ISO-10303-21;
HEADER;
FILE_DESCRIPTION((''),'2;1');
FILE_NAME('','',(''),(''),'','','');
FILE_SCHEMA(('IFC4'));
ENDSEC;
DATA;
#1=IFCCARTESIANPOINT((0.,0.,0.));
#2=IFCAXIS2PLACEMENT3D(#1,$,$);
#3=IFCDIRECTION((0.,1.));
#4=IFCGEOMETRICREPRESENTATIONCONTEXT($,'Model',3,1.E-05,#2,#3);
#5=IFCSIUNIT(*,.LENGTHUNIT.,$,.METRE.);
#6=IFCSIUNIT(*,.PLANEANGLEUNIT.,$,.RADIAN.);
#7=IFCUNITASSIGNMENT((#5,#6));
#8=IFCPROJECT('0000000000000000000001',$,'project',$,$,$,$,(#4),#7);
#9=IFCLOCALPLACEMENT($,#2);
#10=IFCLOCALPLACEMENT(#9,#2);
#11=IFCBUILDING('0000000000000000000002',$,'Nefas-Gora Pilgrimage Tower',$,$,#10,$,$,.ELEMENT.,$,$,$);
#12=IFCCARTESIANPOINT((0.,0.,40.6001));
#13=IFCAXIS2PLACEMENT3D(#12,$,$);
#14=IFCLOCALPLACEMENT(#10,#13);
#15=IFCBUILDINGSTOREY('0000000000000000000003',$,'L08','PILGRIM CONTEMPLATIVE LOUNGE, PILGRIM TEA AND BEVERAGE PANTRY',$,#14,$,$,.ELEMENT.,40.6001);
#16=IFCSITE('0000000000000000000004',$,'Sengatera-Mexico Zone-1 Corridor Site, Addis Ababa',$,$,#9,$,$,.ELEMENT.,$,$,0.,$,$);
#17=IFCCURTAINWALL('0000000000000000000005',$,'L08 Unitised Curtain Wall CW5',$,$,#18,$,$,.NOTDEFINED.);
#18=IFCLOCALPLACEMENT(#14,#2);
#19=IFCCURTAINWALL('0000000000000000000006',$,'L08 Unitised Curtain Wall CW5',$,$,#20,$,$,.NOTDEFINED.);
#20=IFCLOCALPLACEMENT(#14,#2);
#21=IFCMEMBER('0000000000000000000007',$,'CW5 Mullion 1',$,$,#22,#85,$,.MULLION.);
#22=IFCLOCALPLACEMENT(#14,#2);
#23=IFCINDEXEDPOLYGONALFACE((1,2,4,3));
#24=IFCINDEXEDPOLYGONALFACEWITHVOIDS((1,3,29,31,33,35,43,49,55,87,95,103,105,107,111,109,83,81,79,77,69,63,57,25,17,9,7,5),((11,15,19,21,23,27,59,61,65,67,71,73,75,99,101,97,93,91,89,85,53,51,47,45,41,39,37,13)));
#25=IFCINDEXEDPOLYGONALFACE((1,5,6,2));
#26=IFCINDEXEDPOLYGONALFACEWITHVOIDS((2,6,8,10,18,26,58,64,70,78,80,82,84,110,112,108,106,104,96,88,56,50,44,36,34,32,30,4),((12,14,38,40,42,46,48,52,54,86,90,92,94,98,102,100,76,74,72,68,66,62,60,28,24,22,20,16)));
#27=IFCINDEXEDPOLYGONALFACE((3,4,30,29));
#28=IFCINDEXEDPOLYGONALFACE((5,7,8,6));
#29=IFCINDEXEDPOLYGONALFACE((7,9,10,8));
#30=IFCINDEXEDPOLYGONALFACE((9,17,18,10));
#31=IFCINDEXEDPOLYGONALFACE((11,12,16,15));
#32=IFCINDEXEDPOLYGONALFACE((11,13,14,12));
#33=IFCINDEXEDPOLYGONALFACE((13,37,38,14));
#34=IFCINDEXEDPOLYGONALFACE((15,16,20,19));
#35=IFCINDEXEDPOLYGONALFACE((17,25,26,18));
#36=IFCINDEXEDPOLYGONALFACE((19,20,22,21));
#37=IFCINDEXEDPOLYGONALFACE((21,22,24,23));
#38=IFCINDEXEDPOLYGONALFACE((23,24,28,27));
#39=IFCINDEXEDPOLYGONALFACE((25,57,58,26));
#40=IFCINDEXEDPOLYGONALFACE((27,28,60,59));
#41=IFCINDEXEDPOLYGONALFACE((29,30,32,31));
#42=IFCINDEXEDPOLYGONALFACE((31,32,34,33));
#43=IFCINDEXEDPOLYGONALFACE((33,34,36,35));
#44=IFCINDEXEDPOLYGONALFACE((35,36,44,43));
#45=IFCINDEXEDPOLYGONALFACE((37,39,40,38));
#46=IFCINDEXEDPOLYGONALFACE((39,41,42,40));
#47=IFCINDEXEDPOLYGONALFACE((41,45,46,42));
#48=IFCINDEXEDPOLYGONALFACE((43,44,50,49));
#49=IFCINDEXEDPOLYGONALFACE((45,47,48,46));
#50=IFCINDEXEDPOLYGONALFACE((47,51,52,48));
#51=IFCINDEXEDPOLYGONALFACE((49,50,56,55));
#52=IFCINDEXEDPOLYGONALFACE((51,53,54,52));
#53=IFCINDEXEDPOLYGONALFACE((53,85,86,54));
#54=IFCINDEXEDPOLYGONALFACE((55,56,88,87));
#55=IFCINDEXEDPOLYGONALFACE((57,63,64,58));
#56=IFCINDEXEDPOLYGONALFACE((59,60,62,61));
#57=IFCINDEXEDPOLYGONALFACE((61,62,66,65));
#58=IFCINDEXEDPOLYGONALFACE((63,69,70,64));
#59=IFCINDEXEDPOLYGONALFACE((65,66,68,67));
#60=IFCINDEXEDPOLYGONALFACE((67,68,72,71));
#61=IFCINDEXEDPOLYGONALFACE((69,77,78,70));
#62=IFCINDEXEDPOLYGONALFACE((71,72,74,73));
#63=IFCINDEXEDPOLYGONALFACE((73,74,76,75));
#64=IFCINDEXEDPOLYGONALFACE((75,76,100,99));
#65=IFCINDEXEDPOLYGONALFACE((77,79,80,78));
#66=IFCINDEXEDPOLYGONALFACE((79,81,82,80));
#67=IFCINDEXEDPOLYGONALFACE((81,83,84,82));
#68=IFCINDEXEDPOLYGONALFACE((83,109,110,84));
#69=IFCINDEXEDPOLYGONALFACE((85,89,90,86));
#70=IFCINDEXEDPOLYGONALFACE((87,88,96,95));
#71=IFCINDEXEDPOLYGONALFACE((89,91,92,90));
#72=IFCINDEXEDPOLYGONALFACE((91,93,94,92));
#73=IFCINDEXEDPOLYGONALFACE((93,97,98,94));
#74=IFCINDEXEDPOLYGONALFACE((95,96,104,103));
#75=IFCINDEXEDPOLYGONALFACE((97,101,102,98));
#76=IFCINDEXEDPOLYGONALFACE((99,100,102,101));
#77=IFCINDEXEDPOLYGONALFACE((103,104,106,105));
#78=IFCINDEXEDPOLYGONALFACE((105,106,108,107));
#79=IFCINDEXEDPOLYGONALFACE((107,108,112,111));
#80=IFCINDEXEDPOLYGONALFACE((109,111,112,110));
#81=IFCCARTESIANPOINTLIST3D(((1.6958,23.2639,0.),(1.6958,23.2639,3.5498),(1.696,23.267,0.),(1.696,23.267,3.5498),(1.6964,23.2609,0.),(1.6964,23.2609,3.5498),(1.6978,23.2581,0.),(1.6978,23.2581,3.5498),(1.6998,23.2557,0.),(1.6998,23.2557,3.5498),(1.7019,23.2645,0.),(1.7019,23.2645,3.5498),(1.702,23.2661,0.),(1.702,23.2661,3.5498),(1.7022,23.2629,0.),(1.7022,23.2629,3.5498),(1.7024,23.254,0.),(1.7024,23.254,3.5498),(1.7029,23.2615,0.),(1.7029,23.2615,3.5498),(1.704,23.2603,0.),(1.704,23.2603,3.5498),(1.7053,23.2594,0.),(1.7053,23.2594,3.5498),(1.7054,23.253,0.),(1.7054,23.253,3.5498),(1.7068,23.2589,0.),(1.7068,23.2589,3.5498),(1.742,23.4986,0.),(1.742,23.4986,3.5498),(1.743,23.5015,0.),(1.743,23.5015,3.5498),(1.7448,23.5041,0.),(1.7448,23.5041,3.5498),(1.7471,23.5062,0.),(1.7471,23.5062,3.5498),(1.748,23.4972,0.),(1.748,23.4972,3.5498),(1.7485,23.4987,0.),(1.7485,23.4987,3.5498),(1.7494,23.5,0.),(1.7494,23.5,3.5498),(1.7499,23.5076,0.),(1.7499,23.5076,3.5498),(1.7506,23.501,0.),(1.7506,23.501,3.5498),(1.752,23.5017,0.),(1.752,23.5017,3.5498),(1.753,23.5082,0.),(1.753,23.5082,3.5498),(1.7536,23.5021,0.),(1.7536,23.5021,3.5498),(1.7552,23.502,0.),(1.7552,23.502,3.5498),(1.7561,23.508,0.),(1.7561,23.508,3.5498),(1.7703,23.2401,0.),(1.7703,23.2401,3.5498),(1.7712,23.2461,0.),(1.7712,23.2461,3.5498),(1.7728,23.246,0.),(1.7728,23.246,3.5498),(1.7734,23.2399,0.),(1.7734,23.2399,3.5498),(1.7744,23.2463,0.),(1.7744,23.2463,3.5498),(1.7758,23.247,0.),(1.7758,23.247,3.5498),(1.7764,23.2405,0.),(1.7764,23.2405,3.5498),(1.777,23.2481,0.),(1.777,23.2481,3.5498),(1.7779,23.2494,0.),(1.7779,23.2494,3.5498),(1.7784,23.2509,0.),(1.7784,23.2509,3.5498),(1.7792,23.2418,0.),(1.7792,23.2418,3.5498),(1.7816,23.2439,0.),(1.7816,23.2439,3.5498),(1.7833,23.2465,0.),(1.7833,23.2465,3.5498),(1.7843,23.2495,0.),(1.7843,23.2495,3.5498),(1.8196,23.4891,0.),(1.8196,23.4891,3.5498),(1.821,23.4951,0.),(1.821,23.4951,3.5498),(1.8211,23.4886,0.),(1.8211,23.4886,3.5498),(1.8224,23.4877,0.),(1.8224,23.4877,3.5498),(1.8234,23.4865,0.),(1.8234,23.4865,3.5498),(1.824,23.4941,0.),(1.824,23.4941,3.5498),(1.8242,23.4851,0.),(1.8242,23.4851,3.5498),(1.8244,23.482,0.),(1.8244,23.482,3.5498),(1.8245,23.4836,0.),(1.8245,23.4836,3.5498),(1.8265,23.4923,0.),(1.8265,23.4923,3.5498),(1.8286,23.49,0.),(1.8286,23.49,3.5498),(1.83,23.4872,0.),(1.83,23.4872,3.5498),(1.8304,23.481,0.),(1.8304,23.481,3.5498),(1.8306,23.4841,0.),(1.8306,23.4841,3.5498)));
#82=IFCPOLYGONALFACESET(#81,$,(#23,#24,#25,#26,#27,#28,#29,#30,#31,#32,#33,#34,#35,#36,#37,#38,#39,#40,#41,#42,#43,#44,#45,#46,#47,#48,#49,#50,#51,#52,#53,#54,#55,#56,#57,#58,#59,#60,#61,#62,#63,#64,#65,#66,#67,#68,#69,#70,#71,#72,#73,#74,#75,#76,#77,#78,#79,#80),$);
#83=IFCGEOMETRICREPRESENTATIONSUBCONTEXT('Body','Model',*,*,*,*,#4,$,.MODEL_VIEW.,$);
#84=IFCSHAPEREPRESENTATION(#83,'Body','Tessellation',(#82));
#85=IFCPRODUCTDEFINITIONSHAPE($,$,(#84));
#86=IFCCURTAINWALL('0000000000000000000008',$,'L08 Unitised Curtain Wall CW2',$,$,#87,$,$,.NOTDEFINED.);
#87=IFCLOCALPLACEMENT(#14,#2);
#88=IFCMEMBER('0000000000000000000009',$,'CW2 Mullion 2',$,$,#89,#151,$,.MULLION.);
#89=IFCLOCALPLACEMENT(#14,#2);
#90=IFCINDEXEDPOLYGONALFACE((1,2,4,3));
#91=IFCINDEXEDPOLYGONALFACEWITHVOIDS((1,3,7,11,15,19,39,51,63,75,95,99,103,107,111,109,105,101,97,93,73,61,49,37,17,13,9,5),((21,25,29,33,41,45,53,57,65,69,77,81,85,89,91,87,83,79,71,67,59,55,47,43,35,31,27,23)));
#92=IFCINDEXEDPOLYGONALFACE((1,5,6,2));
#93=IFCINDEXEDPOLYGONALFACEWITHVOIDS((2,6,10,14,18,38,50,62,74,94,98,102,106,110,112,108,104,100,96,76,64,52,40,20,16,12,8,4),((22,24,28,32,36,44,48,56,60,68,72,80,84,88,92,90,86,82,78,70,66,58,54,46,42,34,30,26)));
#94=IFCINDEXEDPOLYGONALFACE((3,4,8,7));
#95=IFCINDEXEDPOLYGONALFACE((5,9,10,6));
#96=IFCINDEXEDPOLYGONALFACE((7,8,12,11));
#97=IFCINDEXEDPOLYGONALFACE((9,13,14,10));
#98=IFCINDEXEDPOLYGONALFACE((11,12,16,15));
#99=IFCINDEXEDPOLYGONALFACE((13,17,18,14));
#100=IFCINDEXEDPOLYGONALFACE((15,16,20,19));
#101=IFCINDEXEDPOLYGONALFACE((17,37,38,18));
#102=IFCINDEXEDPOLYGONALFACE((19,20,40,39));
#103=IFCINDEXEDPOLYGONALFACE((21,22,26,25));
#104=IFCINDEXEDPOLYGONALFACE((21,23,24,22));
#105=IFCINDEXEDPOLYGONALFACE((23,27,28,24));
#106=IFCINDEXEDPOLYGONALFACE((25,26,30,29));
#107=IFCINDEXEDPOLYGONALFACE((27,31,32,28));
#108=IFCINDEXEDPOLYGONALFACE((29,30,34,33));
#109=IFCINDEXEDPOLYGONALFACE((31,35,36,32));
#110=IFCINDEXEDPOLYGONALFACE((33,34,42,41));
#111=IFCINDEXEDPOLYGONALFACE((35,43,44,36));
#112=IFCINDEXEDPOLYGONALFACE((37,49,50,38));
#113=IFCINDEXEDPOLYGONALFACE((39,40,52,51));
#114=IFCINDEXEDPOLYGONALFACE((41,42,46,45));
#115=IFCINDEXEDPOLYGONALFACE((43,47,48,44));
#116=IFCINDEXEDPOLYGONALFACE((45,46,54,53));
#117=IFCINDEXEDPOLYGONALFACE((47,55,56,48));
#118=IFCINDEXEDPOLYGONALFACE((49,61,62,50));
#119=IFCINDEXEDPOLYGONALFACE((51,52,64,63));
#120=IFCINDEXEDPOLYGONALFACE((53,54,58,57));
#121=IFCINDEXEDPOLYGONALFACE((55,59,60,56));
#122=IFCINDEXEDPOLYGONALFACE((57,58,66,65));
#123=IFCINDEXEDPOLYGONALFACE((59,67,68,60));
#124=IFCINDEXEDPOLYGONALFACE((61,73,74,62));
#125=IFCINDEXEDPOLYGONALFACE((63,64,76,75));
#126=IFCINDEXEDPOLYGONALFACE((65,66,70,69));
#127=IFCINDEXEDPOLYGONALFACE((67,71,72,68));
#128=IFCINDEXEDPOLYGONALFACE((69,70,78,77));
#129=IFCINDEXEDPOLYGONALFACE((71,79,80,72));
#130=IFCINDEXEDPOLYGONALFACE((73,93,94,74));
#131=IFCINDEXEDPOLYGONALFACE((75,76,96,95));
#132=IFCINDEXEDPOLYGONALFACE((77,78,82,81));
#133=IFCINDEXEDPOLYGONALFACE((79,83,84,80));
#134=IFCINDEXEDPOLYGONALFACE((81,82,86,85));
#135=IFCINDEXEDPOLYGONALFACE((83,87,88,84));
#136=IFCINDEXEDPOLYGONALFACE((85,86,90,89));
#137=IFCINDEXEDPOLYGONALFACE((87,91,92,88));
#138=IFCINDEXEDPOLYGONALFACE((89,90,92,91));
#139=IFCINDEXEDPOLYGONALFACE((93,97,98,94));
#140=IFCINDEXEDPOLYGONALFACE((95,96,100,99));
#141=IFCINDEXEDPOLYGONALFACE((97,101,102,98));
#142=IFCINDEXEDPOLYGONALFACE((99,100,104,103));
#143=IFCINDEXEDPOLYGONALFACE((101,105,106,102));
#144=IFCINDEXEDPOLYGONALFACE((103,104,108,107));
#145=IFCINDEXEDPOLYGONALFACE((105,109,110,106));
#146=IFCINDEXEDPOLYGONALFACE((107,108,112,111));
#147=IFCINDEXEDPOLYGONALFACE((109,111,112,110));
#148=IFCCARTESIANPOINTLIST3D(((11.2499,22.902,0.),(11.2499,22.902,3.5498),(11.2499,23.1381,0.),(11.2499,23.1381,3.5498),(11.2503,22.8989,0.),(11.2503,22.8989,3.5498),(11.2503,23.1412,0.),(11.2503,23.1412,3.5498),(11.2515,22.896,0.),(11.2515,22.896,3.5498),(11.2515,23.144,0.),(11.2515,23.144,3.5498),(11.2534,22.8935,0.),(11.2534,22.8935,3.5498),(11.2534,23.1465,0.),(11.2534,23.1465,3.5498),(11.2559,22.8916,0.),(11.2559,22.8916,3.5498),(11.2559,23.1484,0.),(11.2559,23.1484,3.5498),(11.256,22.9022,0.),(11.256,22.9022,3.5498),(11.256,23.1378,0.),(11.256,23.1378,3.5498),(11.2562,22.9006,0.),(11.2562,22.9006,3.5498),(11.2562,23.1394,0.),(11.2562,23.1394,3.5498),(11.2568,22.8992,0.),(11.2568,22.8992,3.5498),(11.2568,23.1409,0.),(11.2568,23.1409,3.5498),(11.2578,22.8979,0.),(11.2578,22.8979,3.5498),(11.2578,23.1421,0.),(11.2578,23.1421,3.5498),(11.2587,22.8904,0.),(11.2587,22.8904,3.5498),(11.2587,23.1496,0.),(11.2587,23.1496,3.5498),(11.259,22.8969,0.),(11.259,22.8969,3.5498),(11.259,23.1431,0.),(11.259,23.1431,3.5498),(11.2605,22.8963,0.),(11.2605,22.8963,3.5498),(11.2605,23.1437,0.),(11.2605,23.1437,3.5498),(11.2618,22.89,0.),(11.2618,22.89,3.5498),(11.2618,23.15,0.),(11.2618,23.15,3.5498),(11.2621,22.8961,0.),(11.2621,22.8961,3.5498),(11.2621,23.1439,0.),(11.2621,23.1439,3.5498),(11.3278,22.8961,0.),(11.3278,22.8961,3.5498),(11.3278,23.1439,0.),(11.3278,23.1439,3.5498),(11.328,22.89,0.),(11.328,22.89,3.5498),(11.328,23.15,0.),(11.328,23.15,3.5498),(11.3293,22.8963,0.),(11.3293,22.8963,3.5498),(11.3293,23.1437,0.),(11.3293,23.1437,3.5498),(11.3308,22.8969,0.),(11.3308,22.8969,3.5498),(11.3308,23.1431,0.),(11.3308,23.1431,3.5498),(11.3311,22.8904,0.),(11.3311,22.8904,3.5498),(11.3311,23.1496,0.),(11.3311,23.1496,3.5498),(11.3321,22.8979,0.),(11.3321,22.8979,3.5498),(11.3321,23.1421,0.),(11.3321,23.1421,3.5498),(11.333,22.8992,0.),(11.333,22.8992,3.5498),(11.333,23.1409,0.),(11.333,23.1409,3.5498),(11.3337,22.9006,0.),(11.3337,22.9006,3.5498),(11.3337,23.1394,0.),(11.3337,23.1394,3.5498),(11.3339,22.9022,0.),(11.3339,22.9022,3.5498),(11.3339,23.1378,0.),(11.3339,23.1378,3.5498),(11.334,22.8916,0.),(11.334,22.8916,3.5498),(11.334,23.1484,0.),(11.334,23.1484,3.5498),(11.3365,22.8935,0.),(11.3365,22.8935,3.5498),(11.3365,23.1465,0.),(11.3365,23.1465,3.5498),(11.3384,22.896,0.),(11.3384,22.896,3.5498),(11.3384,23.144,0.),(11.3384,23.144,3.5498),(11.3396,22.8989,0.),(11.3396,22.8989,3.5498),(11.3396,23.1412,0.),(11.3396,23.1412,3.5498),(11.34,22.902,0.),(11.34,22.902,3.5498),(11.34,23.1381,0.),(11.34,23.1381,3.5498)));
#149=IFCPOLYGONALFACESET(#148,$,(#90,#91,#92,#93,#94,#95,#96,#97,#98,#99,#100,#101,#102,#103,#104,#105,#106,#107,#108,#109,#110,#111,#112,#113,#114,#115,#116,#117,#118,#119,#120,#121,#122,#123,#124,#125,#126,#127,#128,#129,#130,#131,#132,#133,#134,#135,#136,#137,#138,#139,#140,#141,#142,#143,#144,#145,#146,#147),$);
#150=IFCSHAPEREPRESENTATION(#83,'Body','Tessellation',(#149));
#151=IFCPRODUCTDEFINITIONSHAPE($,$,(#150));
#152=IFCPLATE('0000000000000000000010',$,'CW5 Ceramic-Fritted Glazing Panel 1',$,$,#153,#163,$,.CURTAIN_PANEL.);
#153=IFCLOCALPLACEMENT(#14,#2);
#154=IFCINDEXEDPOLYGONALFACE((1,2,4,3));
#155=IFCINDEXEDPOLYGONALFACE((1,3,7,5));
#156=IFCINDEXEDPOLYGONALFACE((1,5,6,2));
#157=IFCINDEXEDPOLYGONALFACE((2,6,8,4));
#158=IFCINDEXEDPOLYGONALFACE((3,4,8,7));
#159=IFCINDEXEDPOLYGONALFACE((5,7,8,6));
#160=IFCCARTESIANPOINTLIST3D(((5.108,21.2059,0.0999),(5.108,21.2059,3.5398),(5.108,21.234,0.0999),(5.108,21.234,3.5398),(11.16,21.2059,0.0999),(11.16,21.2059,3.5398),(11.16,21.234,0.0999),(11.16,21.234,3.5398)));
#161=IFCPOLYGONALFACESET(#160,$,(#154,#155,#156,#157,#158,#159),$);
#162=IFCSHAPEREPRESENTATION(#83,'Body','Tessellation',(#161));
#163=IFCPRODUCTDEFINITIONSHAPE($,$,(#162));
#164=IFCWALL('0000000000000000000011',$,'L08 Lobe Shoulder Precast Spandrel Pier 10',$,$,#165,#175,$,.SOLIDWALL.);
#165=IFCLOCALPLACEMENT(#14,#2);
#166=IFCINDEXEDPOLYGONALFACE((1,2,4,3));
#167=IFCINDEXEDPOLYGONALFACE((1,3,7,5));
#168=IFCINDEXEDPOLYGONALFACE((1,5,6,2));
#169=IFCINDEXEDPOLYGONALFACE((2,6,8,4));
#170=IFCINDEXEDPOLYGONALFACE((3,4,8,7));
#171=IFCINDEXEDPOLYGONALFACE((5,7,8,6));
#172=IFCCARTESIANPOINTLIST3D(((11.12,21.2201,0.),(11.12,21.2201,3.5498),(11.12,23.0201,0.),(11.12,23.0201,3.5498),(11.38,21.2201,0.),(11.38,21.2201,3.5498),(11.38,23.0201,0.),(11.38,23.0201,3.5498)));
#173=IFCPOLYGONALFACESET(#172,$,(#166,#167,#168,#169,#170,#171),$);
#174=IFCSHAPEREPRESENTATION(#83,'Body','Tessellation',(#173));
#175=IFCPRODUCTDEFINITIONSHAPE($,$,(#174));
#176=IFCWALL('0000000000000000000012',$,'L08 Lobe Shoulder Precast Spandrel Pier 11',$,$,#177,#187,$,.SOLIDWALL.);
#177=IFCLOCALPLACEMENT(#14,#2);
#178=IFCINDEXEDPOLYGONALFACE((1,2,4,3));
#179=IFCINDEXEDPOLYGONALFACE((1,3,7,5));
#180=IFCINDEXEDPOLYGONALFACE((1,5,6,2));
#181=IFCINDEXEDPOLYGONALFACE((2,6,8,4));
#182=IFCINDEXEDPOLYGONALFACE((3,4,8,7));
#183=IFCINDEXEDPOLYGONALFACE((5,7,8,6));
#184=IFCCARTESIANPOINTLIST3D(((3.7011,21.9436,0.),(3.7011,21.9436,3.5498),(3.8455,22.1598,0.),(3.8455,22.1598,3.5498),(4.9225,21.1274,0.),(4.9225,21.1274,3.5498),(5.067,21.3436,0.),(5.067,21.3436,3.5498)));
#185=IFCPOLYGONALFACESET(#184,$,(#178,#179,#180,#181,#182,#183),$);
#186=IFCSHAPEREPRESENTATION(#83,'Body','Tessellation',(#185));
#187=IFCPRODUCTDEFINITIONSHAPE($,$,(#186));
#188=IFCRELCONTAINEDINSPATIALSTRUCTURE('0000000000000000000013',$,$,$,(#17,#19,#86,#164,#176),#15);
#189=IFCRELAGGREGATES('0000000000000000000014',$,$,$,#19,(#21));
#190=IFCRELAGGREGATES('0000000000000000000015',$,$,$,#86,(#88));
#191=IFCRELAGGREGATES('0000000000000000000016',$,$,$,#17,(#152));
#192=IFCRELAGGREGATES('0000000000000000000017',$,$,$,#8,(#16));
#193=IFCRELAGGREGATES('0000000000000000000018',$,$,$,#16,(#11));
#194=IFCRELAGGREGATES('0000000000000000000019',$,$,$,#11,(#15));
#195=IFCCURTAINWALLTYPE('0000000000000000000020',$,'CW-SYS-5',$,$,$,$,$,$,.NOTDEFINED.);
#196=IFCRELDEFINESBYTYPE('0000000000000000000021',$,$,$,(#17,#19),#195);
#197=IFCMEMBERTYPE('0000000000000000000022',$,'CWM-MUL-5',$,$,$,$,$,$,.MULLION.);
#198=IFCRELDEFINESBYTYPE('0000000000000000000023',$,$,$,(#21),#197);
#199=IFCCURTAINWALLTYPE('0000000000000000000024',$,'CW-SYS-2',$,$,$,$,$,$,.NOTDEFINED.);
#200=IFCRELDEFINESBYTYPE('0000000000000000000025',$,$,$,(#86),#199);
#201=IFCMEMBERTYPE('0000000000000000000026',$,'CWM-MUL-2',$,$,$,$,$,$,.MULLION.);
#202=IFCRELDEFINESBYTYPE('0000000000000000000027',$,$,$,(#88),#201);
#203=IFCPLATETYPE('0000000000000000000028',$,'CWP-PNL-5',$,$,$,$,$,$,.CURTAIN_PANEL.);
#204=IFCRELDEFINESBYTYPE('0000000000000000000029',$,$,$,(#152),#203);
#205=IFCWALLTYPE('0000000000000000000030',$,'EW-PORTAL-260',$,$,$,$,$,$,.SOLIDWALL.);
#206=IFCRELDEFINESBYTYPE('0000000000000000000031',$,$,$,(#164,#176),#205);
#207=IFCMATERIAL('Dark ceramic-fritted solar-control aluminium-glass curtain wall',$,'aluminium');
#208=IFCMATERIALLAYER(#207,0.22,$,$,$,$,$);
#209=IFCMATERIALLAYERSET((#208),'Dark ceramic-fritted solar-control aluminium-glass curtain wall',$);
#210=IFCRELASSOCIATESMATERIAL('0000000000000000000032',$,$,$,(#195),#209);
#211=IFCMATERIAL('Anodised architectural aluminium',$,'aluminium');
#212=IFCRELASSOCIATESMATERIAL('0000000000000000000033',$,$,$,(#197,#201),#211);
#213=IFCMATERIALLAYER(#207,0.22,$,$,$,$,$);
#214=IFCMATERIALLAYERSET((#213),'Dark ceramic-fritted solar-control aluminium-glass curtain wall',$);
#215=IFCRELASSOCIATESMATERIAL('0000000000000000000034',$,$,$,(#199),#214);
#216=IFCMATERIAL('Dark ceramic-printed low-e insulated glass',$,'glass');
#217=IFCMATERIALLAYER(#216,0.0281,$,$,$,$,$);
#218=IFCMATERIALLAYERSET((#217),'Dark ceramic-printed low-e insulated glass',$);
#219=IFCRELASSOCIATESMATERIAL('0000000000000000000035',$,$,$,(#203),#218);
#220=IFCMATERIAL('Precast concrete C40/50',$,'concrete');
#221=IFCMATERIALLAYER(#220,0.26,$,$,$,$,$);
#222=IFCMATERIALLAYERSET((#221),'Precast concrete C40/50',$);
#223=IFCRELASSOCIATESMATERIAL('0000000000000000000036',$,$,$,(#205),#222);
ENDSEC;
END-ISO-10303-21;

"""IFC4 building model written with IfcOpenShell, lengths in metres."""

from ifc_helpers import new_model, si_unit, direction, frame, frame_2d, origin, origin_2d, place, context, subcontext, project, spatial, rectangle, hollow_rectangle, extrude, source, transform, mapped, material, layer, layer_set, material_profile, profile_set, type_object, element, aggregate, save


model = new_model("IFC4")

# Units and contexts
model_context = context("Model", 3, precision=1e-05, world=origin(), true_north=direction((0.0, 1.0)))
body_context = subcontext(model_context, "Body", "Model", "MODEL_VIEW")
ifc_project = project(units=[si_unit("LENGTHUNIT", "METRE"), si_unit("PLANEANGLEUNIT", "RADIAN")], contexts=[model_context])

# Site, building, storey
site_placement = place(None, origin())
site = spatial("IfcSite", under=ifc_project, at=site_placement, Name="Sengatera-Mexico Zone-1 Corridor Site, Addis Ababa", CompositionType="ELEMENT", RefElevation=0.0)
building_placement = place(site_placement, origin())
building = spatial("IfcBuilding", under=site, at=building_placement, Name="Nefas-Gora Pilgrimage Tower", CompositionType="ELEMENT")
storey_placement = place(building_placement, frame((0.0, 0.0, 40.6001)))
storey = spatial("IfcBuildingStorey", under=building, at=storey_placement, Name="L08", Description="PILGRIM CONTEMPLATIVE LOUNGE, PILGRIM TEA AND BEVERAGE PANTRY", CompositionType="ELEMENT", Elevation=40.6001)

# Curtain walls
ifc_material_1 = material(Name="Dark ceramic-fritted solar-control aluminium-glass curtain wall", Category="aluminium")
ifc_layer_1 = layer(ifc_material_1, 0.22)
ifc_layer_set_1 = layer_set([ifc_layer_1], Name="Dark ceramic-fritted solar-control aluminium-glass curtain wall")
curtain_wall_type_1 = type_object("IfcCurtainWallType", Name="CW-SYS-5", PredefinedType="NOTDEFINED", material=ifc_layer_set_1)
curtain_wall_1_placement = place(storey_placement, origin())
curtain_wall_1 = element("IfcCurtainWall", 1, at=curtain_wall_1_placement, inside=storey, type_object=curtain_wall_type_1, Name="L08 Unitised Curtain Wall CW5", PredefinedType="NOTDEFINED")
ifc_material_2 = material(Name="Anodised architectural aluminium", Category="aluminium")
curtain_wall_2_placement = place(storey_placement, origin())
curtain_wall_2 = element("IfcCurtainWall", 2, at=curtain_wall_2_placement, inside=storey, type_object=curtain_wall_type_1, Name="L08 Unitised Curtain Wall CW5", PredefinedType="NOTDEFINED")

# Member
ifc_material_profile_1 = material_profile(ifc_material_2, hollow_rectangle(XDim=0.0901, YDim=0.26, WallThickness=0.0061, InnerFilletRadius=0.0061, OuterFilletRadius=0.012, at=origin_2d()), Name="ALU MULLION 90x260")
ifc_profile_set_1 = profile_set([ifc_material_profile_1], Name="Anodised architectural aluminium")
member_type_1 = type_object("IfcMemberType", Name="CWM-MUL-5", PredefinedType="MULLION", material=ifc_profile_set_1)
shared_shape_1 = source(origin(), body_context, "Body", "SweptSolid", [
    extrude(hollow_rectangle(XDim=0.0901, YDim=0.26, WallThickness=0.0061, InnerFilletRadius=0.0061, OuterFilletRadius=0.012, at=origin_2d()), origin(), (0.0, 0.0, 1.0), 3.5498),
])
member_1_placement = place(storey_placement, frame((1.7632, 23.374, 0.0), z_axis=(0.0, 0.0, 1.0), x_axis=(-0.980783, 0.195102, 0.0)))
member_1 = element("IfcMember", 3, at=member_1_placement, type_object=member_type_1, Name="CW5 Mullion 1", PredefinedType="MULLION", context=body_context, shape_type="MappedRepresentation", body=[
    mapped(shared_shape_1, transform((0.0, 0.0, 0.0), x_axis=(1.0, 0.0, 0.0), y_axis=(0.0, 1.0, 0.0), z_axis=(0.0, 0.0, 1.0), scale=1.0)),
])
aggregate(curtain_wall_2, [member_1])

# Curtain wall, member
ifc_layer_2 = layer(ifc_material_1, 0.22)
ifc_layer_set_2 = layer_set([ifc_layer_2], Name="Dark ceramic-fritted solar-control aluminium-glass curtain wall")
curtain_wall_type_2 = type_object("IfcCurtainWallType", Name="CW-SYS-2", PredefinedType="NOTDEFINED", material=ifc_layer_set_2)
curtain_wall_3_placement = place(storey_placement, origin())
curtain_wall_3 = element("IfcCurtainWall", 4, at=curtain_wall_3_placement, inside=storey, type_object=curtain_wall_type_2, Name="L08 Unitised Curtain Wall CW2", PredefinedType="NOTDEFINED")
ifc_material_profile_2 = material_profile(ifc_material_2, hollow_rectangle(XDim=0.0901, YDim=0.26, WallThickness=0.0061, InnerFilletRadius=0.0061, OuterFilletRadius=0.012, at=origin_2d()), Name="ALU MULLION 90x260")
ifc_profile_set_2 = profile_set([ifc_material_profile_2], Name="Anodised architectural aluminium")
member_type_2 = type_object("IfcMemberType", Name="CWM-MUL-2", PredefinedType="MULLION", material=ifc_profile_set_2)
shared_shape_2 = source(origin(), body_context, "Body", "SweptSolid", [
    extrude(hollow_rectangle(XDim=0.0901, YDim=0.26, WallThickness=0.0061, InnerFilletRadius=0.0061, OuterFilletRadius=0.012, at=origin_2d()), origin(), (0.0, 0.0, 1.0), 3.5498),
])
member_2_placement = place(storey_placement, frame((11.2949, 23.02, 0.0), z_axis=(0.0, 0.0, 1.0), x_axis=(-1.0, 0.0, 0.0)))
member_2 = element("IfcMember", 5, at=member_2_placement, type_object=member_type_2, Name="CW2 Mullion 2", PredefinedType="MULLION", context=body_context, shape_type="MappedRepresentation", body=[
    mapped(shared_shape_2, transform((0.0, 0.0, 0.0), x_axis=(1.0, 0.0, 0.0), y_axis=(0.0, 1.0, 0.0), z_axis=(0.0, 0.0, 1.0), scale=1.0)),
])
aggregate(curtain_wall_3, [member_2])

# Plate
ifc_material_3 = material(Name="Dark ceramic-printed low-e insulated glass", Category="glass")
ifc_layer_3 = layer(ifc_material_3, 0.0281)
ifc_layer_set_3 = layer_set([ifc_layer_3], Name="Dark ceramic-printed low-e insulated glass")
plate_type = type_object("IfcPlateType", Name="CWP-PNL-5", PredefinedType="CURTAIN_PANEL", material=ifc_layer_set_3)
shared_shape_3 = source(origin(), body_context, "Body", "SweptSolid", [
    extrude(rectangle(XDim=6.052, YDim=0.0281, at=origin_2d()), origin(), (0.0, 0.0, 1.0), 3.4399),
])
plate_placement = place(storey_placement, frame((8.134, 21.22, 0.0999), z_axis=(0.0, 0.0, 1.0), x_axis=(-1.0, 0.0, 0.0)))
plate = element("IfcPlate", 6, at=plate_placement, type_object=plate_type, Name="CW5 Ceramic-Fritted Glazing Panel 1", PredefinedType="CURTAIN_PANEL", context=body_context, shape_type="MappedRepresentation", body=[
    mapped(shared_shape_3, transform((0.0, 0.0, 0.0), x_axis=(1.0, 0.0, 0.0), y_axis=(0.0, 1.0, 0.0), z_axis=(0.0, 0.0, 1.0), scale=1.0)),
])
aggregate(curtain_wall_1, [plate])

# Walls
ifc_material_4 = material(Name="Precast concrete C40/50", Category="concrete")
ifc_layer_4 = layer(ifc_material_4, 0.26)
ifc_layer_set_4 = layer_set([ifc_layer_4], Name="Precast concrete C40/50")
wall_type_1 = type_object("IfcWallType", Name="EW-PORTAL-260", PredefinedType="SOLIDWALL", material=ifc_layer_set_4)
shared_shape_4 = source(origin(), body_context, "Body", "SweptSolid", [
    extrude(rectangle(XDim=1.8, YDim=0.26, at=frame_2d((0.8999, 0.0))), origin(), (0.0, 0.0, 1.0), 3.5498),
])
wall_1_placement = place(storey_placement, frame((11.25, 23.02, 0.0), z_axis=(0.0, 0.0, 1.0), x_axis=(0.0, -1.0, 0.0)))
element("IfcWall", 7, at=wall_1_placement, inside=storey, type_object=wall_type_1, Name="L08 Lobe Shoulder Precast Spandrel Pier 10", PredefinedType="SOLIDWALL", context=body_context, shape_type="MappedRepresentation", body=[
    mapped(shared_shape_4, transform((0.0, 0.0, 0.0), x_axis=(1.0, 0.0, 0.0), y_axis=(0.0, 1.0, 0.0), z_axis=(0.0, 0.0, 1.0), scale=1.0)),
])
shared_shape_5 = source(origin(), body_context, "Body", "SweptSolid", [
    extrude(rectangle(XDim=1.469, YDim=0.26, at=frame_2d((0.7344, 0.0))), origin(), (0.0, 0.0, 1.0), 3.5498),
])
wall_2_placement = place(storey_placement, frame((4.9946, 21.2356, 0.0), z_axis=(0.0, 0.0, 1.0), x_axis=(-0.831462, 0.555582, 0.0)))
element("IfcWall", 8, at=wall_2_placement, inside=storey, type_object=wall_type_1, Name="L08 Lobe Shoulder Precast Spandrel Pier 11", PredefinedType="SOLIDWALL", context=body_context, shape_type="MappedRepresentation", body=[
    mapped(shared_shape_5, transform((0.0, 0.0, 0.0), x_axis=(1.0, 0.0, 0.0), y_axis=(0.0, 1.0, 0.0), z_axis=(0.0, 0.0, 1.0), scale=1.0)),
])

save(model, "model.ifc")
